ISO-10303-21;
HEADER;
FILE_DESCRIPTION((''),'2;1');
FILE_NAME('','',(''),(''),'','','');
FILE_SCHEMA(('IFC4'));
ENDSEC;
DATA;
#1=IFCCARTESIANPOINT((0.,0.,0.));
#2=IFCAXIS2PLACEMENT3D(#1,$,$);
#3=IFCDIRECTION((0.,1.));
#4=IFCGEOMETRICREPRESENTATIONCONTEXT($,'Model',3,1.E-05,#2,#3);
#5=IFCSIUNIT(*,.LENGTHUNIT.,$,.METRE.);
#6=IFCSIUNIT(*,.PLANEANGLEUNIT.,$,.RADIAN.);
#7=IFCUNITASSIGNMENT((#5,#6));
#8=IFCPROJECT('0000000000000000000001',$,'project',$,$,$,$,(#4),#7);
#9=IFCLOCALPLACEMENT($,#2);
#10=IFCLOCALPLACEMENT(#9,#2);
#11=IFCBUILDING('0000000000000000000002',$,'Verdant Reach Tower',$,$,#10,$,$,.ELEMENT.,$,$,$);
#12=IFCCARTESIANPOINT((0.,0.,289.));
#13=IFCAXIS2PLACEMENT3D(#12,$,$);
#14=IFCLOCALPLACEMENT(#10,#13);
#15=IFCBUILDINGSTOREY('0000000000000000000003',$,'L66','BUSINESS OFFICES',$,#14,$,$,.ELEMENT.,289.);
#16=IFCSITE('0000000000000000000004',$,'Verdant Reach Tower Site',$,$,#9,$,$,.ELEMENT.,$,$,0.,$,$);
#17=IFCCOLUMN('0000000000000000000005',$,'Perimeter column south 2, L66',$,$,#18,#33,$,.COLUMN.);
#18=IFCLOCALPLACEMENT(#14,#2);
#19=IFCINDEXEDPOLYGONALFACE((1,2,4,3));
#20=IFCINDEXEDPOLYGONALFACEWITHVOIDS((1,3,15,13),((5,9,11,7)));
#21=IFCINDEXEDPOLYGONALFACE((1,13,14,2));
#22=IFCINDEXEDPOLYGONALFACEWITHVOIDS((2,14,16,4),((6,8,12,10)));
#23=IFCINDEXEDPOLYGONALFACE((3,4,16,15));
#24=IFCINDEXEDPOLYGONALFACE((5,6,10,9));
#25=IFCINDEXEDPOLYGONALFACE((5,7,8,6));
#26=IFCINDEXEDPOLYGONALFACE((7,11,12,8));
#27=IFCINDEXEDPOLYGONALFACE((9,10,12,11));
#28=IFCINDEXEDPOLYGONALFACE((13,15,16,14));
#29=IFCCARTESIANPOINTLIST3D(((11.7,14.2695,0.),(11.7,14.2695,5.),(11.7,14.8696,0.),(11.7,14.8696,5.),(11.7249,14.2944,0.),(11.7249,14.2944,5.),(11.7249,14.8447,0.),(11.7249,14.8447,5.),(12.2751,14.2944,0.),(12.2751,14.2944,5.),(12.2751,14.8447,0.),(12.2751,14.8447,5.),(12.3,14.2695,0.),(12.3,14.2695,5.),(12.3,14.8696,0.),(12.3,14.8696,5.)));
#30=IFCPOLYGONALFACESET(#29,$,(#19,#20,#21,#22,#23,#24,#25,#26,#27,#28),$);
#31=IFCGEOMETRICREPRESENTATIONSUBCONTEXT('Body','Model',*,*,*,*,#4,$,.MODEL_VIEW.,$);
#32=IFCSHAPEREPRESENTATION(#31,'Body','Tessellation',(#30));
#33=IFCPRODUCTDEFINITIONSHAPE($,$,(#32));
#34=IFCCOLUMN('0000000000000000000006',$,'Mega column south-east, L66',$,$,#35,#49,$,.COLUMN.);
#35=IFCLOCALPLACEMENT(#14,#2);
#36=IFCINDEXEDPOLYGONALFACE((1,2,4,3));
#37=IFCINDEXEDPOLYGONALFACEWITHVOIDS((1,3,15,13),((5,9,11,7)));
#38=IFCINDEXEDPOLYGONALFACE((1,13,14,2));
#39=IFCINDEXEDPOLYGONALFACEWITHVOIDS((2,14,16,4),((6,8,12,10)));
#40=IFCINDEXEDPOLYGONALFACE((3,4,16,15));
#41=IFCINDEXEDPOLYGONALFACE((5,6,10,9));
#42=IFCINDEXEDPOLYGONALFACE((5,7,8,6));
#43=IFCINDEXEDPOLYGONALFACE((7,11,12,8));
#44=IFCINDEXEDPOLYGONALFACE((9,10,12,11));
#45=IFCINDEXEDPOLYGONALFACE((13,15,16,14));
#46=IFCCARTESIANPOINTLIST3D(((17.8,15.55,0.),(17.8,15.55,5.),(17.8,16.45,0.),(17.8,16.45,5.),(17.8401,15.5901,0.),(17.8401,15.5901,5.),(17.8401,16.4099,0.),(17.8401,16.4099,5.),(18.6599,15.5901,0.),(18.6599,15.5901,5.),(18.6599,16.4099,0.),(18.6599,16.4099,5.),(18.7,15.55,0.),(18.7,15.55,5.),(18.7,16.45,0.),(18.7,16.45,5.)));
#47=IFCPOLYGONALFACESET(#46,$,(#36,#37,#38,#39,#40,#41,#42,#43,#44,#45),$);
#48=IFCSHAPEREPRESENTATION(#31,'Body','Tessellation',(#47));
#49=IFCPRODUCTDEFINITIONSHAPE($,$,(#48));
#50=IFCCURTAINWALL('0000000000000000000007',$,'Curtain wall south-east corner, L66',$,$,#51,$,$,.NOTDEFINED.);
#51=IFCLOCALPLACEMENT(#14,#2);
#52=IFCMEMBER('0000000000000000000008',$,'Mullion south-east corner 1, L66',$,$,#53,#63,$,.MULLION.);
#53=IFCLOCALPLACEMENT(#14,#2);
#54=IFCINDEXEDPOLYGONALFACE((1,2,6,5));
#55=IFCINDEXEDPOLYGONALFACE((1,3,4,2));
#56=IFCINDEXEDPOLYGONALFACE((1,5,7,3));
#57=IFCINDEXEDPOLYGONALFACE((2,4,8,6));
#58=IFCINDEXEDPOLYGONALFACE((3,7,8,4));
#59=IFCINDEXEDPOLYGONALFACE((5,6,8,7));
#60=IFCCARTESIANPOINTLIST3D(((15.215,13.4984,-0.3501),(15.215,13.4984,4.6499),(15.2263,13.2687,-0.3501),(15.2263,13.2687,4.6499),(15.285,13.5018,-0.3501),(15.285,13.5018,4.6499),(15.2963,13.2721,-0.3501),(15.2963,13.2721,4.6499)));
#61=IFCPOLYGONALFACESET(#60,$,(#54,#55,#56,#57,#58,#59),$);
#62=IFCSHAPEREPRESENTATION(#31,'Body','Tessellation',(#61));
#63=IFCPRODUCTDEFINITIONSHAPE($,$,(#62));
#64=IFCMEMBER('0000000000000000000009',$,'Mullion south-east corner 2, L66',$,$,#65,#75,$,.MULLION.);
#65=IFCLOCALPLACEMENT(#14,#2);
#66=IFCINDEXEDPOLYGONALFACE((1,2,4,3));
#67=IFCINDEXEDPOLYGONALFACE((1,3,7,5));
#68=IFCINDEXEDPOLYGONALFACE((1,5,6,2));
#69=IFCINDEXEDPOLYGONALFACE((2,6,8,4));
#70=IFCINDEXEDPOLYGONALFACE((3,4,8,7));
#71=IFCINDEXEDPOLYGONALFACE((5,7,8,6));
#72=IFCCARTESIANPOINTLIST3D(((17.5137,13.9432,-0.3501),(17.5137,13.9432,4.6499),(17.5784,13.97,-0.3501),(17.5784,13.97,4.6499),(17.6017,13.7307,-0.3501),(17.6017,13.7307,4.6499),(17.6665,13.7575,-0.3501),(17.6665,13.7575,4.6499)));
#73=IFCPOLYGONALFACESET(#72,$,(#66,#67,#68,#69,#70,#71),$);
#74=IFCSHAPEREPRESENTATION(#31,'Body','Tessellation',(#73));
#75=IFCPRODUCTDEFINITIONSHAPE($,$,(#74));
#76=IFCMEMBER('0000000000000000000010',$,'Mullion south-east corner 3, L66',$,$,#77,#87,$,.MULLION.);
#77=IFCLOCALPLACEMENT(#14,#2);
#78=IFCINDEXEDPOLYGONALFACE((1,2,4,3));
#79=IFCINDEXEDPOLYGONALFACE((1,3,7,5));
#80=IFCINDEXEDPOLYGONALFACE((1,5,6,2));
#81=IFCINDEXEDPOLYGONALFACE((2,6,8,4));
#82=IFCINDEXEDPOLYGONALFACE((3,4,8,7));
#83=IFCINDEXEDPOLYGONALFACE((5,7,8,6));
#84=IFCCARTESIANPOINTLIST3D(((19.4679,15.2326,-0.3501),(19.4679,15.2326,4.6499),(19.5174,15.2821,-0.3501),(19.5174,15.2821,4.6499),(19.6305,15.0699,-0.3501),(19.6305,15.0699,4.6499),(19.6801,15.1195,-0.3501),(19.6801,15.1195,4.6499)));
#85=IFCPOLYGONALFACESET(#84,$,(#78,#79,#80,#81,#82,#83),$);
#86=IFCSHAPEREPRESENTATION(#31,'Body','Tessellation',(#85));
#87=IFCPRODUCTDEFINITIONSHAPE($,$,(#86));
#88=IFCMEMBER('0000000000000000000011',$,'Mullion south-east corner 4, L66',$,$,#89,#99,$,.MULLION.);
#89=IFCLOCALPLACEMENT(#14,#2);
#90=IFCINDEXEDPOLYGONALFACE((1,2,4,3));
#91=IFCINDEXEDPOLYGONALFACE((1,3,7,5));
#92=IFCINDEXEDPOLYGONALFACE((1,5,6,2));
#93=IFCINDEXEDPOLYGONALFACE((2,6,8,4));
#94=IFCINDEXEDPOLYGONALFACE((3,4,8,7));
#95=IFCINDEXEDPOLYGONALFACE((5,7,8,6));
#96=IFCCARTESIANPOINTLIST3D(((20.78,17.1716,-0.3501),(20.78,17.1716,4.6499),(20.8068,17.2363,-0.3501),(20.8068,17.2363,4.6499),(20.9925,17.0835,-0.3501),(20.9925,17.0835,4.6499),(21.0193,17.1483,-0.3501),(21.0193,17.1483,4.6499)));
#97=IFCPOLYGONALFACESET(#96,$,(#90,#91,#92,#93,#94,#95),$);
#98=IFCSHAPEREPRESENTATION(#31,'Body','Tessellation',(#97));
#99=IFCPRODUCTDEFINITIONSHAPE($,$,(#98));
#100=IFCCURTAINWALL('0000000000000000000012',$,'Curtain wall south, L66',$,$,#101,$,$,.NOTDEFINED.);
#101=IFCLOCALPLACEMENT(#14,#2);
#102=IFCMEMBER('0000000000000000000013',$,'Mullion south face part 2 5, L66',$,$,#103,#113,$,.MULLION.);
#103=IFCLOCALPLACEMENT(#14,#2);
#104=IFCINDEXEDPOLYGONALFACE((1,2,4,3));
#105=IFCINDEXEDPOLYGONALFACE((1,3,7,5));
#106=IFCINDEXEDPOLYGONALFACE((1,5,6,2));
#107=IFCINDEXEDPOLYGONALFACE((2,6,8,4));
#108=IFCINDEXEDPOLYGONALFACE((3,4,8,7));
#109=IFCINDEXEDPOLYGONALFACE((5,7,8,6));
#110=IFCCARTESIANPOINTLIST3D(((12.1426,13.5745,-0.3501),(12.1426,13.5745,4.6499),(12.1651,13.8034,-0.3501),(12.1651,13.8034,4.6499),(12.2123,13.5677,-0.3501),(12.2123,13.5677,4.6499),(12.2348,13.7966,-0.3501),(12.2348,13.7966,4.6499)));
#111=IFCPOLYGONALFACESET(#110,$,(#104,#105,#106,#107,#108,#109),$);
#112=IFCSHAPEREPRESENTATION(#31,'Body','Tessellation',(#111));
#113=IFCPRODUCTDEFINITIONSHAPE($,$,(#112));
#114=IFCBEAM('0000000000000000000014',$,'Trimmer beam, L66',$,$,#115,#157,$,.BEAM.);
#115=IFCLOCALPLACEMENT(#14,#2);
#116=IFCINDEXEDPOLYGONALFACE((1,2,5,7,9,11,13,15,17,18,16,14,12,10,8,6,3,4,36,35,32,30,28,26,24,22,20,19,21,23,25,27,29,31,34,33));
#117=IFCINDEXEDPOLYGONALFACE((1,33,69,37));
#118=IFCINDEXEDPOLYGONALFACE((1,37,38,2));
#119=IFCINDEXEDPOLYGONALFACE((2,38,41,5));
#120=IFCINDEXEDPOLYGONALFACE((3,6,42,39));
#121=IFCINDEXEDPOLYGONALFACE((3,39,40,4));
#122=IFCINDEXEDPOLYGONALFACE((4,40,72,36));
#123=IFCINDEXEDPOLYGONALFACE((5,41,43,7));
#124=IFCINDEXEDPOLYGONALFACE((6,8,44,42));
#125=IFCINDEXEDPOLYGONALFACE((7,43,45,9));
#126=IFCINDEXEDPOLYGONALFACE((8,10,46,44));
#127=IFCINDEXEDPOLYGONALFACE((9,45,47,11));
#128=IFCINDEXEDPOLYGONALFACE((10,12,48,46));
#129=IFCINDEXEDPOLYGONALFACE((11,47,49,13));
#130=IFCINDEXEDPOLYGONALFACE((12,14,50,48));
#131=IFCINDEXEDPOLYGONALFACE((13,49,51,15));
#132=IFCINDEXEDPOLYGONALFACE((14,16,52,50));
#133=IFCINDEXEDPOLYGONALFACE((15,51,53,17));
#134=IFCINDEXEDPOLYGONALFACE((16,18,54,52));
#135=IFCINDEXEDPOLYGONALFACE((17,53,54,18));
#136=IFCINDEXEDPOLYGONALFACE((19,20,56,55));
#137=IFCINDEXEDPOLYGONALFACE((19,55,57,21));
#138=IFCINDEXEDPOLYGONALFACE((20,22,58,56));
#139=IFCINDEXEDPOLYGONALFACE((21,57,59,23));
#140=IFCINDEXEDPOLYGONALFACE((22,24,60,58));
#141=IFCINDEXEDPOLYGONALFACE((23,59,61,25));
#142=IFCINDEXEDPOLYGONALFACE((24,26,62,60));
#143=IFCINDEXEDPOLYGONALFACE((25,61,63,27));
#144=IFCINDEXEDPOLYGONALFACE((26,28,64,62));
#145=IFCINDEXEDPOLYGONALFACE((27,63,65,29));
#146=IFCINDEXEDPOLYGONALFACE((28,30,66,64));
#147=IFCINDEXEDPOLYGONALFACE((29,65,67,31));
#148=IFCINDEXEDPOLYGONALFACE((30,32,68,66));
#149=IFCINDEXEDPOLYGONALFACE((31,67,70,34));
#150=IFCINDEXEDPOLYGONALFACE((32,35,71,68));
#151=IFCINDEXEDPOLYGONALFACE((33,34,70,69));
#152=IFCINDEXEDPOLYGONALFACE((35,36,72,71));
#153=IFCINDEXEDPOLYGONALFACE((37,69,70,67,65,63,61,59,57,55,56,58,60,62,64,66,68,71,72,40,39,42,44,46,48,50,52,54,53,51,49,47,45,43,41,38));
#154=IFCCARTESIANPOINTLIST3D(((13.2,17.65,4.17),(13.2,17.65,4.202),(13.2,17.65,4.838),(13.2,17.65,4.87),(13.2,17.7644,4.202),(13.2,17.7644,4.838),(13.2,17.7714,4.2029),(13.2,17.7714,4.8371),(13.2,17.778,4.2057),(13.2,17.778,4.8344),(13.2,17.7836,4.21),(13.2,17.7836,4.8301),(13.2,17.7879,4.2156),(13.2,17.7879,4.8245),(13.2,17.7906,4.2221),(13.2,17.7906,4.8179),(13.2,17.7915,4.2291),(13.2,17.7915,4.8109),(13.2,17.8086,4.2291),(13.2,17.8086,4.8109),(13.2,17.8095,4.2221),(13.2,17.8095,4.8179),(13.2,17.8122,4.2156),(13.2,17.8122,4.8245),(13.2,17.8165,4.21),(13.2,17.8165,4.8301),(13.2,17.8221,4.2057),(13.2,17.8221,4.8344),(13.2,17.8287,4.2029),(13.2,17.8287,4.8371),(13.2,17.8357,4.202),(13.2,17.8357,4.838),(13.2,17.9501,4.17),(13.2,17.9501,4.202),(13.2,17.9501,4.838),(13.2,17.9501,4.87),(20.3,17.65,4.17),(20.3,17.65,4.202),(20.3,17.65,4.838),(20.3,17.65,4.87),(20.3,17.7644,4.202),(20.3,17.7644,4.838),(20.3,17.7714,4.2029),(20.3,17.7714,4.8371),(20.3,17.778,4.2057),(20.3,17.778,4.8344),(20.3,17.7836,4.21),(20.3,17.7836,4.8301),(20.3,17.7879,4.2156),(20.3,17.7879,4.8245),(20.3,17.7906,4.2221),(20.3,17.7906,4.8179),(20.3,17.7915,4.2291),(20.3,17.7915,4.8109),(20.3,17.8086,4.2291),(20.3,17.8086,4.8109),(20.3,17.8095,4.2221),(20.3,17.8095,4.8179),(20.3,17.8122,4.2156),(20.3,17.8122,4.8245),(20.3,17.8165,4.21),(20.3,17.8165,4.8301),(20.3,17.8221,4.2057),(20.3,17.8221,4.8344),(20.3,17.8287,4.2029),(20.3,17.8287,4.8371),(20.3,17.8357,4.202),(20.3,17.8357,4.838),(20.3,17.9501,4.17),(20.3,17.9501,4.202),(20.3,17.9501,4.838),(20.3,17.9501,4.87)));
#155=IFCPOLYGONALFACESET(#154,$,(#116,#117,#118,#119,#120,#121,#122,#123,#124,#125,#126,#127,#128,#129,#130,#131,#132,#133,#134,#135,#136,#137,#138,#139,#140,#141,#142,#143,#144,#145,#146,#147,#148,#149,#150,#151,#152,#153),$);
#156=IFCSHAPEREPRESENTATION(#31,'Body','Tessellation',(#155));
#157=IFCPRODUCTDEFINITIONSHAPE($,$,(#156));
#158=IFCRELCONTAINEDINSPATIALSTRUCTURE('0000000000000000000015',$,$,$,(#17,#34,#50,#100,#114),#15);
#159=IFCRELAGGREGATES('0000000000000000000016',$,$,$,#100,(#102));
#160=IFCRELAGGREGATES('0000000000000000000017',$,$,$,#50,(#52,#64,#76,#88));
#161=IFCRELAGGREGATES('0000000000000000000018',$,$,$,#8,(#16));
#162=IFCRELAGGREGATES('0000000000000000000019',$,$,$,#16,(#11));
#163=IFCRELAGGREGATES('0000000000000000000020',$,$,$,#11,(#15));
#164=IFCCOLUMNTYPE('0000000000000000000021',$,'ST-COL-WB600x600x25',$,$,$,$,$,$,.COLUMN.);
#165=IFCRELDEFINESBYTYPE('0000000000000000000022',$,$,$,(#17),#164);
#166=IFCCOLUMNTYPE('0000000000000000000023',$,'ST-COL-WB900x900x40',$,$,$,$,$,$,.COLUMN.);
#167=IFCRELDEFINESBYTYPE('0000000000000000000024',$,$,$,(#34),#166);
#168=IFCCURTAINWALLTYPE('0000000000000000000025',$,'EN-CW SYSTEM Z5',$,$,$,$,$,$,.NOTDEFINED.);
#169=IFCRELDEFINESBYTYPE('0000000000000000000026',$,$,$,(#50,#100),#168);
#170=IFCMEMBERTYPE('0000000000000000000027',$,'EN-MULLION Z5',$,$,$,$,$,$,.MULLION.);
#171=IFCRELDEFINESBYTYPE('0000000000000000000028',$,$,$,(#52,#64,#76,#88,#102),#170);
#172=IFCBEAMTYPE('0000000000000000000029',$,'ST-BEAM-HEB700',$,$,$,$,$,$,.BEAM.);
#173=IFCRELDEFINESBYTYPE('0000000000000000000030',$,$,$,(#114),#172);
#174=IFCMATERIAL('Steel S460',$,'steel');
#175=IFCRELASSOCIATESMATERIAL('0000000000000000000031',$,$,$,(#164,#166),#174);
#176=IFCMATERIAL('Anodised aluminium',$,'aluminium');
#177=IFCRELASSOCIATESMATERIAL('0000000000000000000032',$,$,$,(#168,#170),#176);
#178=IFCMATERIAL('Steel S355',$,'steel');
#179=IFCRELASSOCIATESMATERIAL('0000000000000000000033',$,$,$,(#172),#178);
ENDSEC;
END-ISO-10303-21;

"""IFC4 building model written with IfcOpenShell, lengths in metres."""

from ifc_helpers import new_model, si_unit, direction, frame, origin, origin_2d, place, context, subcontext, project, spatial, rectangle, hollow_rectangle, i_section, extrude, material, material_profile, profile_set, type_object, element, aggregate, save


model = new_model("IFC4")

# Units and contexts
model_context = context("Model", 3, precision=1e-05, world=origin(), true_north=direction((0.0, 1.0)))
body_context = subcontext(model_context, "Body", "Model", "MODEL_VIEW")
ifc_project = project(units=[si_unit("LENGTHUNIT", "METRE"), si_unit("PLANEANGLEUNIT", "RADIAN")], contexts=[model_context])

# Site, building, storey
site_placement = place(None, origin())
site = spatial("IfcSite", under=ifc_project, at=site_placement, Name="Verdant Reach Tower Site", CompositionType="ELEMENT", RefElevation=0.0)
building_placement = place(site_placement, origin())
building = spatial("IfcBuilding", under=site, at=building_placement, Name="Verdant Reach Tower", CompositionType="ELEMENT")
storey_placement = place(building_placement, frame((0.0, 0.0, 289.0)))
storey = spatial("IfcBuildingStorey", under=building, at=storey_placement, Name="L66", Description="BUSINESS OFFICES", CompositionType="ELEMENT", Elevation=289.0)

# Columns
ifc_material_1 = material(Name="Steel S460", Category="steel")
ifc_material_profile_1 = material_profile(ifc_material_1, hollow_rectangle(XDim=0.6001, YDim=0.6001, WallThickness=0.0249, at=origin_2d()), Name="WB 600x600x25")
ifc_profile_set_1 = profile_set([ifc_material_profile_1], Name="Steel S460")
column_type_1 = type_object("IfcColumnType", Name="ST-COL-WB600x600x25", PredefinedType="COLUMN", material=ifc_profile_set_1)
column_1_placement = place(storey_placement, frame((12.0, 14.5696, 0.0), z_axis=(0.0, 0.0, 1.0), x_axis=(1.0, 0.0, 0.0)))
element("IfcColumn", 1, at=column_1_placement, inside=storey, type_object=column_type_1, Name="Perimeter column south 2, L66", PredefinedType="COLUMN", context=body_context, shape_type="SweptSolid", body=[
    extrude(hollow_rectangle(XDim=0.6001, YDim=0.6001, WallThickness=0.0249, at=origin_2d()), origin(), (0.0, 0.0, 1.0), 5.0),
])
ifc_material_profile_2 = material_profile(ifc_material_1, hollow_rectangle(XDim=0.8999, YDim=0.8999, WallThickness=0.04, at=origin_2d()), Name="WB 900x900x40")
ifc_profile_set_2 = profile_set([ifc_material_profile_2], Name="Steel S460")
column_type_2 = type_object("IfcColumnType", Name="ST-COL-WB900x900x40", PredefinedType="COLUMN", material=ifc_profile_set_2)
column_2_placement = place(storey_placement, frame((18.25, 16.0, 0.0), z_axis=(0.0, 0.0, 1.0), x_axis=(1.0, 0.0, 0.0)))
element("IfcColumn", 2, at=column_2_placement, inside=storey, type_object=column_type_2, Name="Mega column south-east, L66", PredefinedType="COLUMN", context=body_context, shape_type="SweptSolid", body=[
    extrude(hollow_rectangle(XDim=0.8999, YDim=0.8999, WallThickness=0.04, at=origin_2d()), origin(), (0.0, 0.0, 1.0), 5.0),
])

# Curtain wall, members
ifc_material_2 = material(Name="Anodised aluminium", Category="aluminium")
curtain_wall_type = type_object("IfcCurtainWallType", Name="EN-CW SYSTEM Z5", PredefinedType="NOTDEFINED", material=ifc_material_2)
curtain_wall_1_placement = place(storey_placement, origin())
curtain_wall_1 = element("IfcCurtainWall", 3, at=curtain_wall_1_placement, inside=storey, type_object=curtain_wall_type, Name="Curtain wall south-east corner, L66", PredefinedType="NOTDEFINED")
ifc_material_profile_3 = material_profile(ifc_material_2, rectangle(XDim=0.23, YDim=0.0701, at=origin_2d()), Name="Mullion 70x230")
ifc_profile_set_3 = profile_set([ifc_material_profile_3], Name="Anodised aluminium")
member_type = type_object("IfcMemberType", Name="EN-MULLION Z5", PredefinedType="MULLION", material=ifc_profile_set_3)
member_1_placement = place(storey_placement, frame((15.2556, 13.3853, -0.3501), z_axis=(0.0, 0.0, 1.0), x_axis=(0.049128, -0.998793, 0.0)))
member_1 = element("IfcMember", 4, at=member_1_placement, type_object=member_type, Name="Mullion south-east corner 1, L66", PredefinedType="MULLION", context=body_context, shape_type="SweptSolid", body=[
    extrude(rectangle(XDim=0.23, YDim=0.0701, at=origin_2d()), origin(), (0.0, 0.0, 1.0), 5.0),
])
member_2_placement = place(storey_placement, frame((17.5901, 13.8503, -0.3501), z_axis=(0.0, 0.0, 1.0), x_axis=(0.382694, -0.923875, 0.0)))
member_2 = element("IfcMember", 5, at=member_2_placement, type_object=member_type, Name="Mullion south-east corner 2, L66", PredefinedType="MULLION", context=body_context, shape_type="SweptSolid", body=[
    extrude(rectangle(XDim=0.23, YDim=0.0701, at=origin_2d()), origin(), (0.0, 0.0, 1.0), 5.0),
])
member_3_placement = place(storey_placement, frame((19.574, 15.176, -0.3501), z_axis=(0.0, 0.0, 1.0), x_axis=(0.707107, -0.707107, 0.0)))
member_3 = element("IfcMember", 6, at=member_3_placement, type_object=member_type, Name="Mullion south-east corner 3, L66", PredefinedType="MULLION", context=body_context, shape_type="SweptSolid", body=[
    extrude(rectangle(XDim=0.23, YDim=0.0701, at=origin_2d()), origin(), (0.0, 0.0, 1.0), 5.0),
])
member_4_placement = place(storey_placement, frame((20.8997, 17.1599, -0.3501), z_axis=(0.0, 0.0, 1.0), x_axis=(0.923875, -0.382694, 0.0)))
member_4 = element("IfcMember", 7, at=member_4_placement, type_object=member_type, Name="Mullion south-east corner 4, L66", PredefinedType="MULLION", context=body_context, shape_type="SweptSolid", body=[
    extrude(rectangle(XDim=0.23, YDim=0.0701, at=origin_2d()), origin(), (0.0, 0.0, 1.0), 5.0),
])

# Curtain wall, member
curtain_wall_2_placement = place(storey_placement, origin())
curtain_wall_2 = element("IfcCurtainWall", 8, at=curtain_wall_2_placement, inside=storey, type_object=curtain_wall_type, Name="Curtain wall south, L66", PredefinedType="NOTDEFINED")
member_5_placement = place(storey_placement, frame((12.1887, 13.6855, -0.3501), z_axis=(0.0, 0.0, 1.0), x_axis=(-0.097888, -0.995197, 0.0)))
member_5 = element("IfcMember", 9, at=member_5_placement, type_object=member_type, Name="Mullion south face part 2 5, L66", PredefinedType="MULLION", context=body_context, shape_type="SweptSolid", body=[
    extrude(rectangle(XDim=0.23, YDim=0.0701, at=origin_2d()), origin(), (0.0, 0.0, 1.0), 5.0),
])

# Beam
ifc_material_3 = material(Name="Steel S355", Category="steel")
ifc_material_profile_4 = material_profile(ifc_material_3, i_section(OverallWidth=0.3, OverallDepth=0.7, WebThickness=0.0171, FlangeThickness=0.032, FilletRadius=0.0271, at=origin_2d()), Name="HEB 700")
ifc_profile_set_4 = profile_set([ifc_material_profile_4], Name="Steel S355")
beam_type_1 = type_object("IfcBeamType", Name="ST-BEAM-HEB700", PredefinedType="BEAM", material=ifc_profile_set_4)
beam_1_placement = place(storey_placement, frame((13.2, 17.8, 4.52), z_axis=(1.0, 0.0, 0.0), x_axis=(0.0, 1.0, 0.0)))
element("IfcBeam", 10, at=beam_1_placement, inside=storey, type_object=beam_type_1, Name="Trimmer beam, L66", PredefinedType="BEAM", context=body_context, shape_type="SweptSolid", body=[
    extrude(i_section(OverallWidth=0.3, OverallDepth=0.7, WebThickness=0.0171, FlangeThickness=0.032, FilletRadius=0.0271, at=origin_2d()), origin(), (0.0, 0.0, 1.0), 7.1001),
])

aggregate(curtain_wall_2, [member_5])
aggregate(curtain_wall_1, [member_1, member_2, member_3, member_4])

save(model, "model.ifc")
